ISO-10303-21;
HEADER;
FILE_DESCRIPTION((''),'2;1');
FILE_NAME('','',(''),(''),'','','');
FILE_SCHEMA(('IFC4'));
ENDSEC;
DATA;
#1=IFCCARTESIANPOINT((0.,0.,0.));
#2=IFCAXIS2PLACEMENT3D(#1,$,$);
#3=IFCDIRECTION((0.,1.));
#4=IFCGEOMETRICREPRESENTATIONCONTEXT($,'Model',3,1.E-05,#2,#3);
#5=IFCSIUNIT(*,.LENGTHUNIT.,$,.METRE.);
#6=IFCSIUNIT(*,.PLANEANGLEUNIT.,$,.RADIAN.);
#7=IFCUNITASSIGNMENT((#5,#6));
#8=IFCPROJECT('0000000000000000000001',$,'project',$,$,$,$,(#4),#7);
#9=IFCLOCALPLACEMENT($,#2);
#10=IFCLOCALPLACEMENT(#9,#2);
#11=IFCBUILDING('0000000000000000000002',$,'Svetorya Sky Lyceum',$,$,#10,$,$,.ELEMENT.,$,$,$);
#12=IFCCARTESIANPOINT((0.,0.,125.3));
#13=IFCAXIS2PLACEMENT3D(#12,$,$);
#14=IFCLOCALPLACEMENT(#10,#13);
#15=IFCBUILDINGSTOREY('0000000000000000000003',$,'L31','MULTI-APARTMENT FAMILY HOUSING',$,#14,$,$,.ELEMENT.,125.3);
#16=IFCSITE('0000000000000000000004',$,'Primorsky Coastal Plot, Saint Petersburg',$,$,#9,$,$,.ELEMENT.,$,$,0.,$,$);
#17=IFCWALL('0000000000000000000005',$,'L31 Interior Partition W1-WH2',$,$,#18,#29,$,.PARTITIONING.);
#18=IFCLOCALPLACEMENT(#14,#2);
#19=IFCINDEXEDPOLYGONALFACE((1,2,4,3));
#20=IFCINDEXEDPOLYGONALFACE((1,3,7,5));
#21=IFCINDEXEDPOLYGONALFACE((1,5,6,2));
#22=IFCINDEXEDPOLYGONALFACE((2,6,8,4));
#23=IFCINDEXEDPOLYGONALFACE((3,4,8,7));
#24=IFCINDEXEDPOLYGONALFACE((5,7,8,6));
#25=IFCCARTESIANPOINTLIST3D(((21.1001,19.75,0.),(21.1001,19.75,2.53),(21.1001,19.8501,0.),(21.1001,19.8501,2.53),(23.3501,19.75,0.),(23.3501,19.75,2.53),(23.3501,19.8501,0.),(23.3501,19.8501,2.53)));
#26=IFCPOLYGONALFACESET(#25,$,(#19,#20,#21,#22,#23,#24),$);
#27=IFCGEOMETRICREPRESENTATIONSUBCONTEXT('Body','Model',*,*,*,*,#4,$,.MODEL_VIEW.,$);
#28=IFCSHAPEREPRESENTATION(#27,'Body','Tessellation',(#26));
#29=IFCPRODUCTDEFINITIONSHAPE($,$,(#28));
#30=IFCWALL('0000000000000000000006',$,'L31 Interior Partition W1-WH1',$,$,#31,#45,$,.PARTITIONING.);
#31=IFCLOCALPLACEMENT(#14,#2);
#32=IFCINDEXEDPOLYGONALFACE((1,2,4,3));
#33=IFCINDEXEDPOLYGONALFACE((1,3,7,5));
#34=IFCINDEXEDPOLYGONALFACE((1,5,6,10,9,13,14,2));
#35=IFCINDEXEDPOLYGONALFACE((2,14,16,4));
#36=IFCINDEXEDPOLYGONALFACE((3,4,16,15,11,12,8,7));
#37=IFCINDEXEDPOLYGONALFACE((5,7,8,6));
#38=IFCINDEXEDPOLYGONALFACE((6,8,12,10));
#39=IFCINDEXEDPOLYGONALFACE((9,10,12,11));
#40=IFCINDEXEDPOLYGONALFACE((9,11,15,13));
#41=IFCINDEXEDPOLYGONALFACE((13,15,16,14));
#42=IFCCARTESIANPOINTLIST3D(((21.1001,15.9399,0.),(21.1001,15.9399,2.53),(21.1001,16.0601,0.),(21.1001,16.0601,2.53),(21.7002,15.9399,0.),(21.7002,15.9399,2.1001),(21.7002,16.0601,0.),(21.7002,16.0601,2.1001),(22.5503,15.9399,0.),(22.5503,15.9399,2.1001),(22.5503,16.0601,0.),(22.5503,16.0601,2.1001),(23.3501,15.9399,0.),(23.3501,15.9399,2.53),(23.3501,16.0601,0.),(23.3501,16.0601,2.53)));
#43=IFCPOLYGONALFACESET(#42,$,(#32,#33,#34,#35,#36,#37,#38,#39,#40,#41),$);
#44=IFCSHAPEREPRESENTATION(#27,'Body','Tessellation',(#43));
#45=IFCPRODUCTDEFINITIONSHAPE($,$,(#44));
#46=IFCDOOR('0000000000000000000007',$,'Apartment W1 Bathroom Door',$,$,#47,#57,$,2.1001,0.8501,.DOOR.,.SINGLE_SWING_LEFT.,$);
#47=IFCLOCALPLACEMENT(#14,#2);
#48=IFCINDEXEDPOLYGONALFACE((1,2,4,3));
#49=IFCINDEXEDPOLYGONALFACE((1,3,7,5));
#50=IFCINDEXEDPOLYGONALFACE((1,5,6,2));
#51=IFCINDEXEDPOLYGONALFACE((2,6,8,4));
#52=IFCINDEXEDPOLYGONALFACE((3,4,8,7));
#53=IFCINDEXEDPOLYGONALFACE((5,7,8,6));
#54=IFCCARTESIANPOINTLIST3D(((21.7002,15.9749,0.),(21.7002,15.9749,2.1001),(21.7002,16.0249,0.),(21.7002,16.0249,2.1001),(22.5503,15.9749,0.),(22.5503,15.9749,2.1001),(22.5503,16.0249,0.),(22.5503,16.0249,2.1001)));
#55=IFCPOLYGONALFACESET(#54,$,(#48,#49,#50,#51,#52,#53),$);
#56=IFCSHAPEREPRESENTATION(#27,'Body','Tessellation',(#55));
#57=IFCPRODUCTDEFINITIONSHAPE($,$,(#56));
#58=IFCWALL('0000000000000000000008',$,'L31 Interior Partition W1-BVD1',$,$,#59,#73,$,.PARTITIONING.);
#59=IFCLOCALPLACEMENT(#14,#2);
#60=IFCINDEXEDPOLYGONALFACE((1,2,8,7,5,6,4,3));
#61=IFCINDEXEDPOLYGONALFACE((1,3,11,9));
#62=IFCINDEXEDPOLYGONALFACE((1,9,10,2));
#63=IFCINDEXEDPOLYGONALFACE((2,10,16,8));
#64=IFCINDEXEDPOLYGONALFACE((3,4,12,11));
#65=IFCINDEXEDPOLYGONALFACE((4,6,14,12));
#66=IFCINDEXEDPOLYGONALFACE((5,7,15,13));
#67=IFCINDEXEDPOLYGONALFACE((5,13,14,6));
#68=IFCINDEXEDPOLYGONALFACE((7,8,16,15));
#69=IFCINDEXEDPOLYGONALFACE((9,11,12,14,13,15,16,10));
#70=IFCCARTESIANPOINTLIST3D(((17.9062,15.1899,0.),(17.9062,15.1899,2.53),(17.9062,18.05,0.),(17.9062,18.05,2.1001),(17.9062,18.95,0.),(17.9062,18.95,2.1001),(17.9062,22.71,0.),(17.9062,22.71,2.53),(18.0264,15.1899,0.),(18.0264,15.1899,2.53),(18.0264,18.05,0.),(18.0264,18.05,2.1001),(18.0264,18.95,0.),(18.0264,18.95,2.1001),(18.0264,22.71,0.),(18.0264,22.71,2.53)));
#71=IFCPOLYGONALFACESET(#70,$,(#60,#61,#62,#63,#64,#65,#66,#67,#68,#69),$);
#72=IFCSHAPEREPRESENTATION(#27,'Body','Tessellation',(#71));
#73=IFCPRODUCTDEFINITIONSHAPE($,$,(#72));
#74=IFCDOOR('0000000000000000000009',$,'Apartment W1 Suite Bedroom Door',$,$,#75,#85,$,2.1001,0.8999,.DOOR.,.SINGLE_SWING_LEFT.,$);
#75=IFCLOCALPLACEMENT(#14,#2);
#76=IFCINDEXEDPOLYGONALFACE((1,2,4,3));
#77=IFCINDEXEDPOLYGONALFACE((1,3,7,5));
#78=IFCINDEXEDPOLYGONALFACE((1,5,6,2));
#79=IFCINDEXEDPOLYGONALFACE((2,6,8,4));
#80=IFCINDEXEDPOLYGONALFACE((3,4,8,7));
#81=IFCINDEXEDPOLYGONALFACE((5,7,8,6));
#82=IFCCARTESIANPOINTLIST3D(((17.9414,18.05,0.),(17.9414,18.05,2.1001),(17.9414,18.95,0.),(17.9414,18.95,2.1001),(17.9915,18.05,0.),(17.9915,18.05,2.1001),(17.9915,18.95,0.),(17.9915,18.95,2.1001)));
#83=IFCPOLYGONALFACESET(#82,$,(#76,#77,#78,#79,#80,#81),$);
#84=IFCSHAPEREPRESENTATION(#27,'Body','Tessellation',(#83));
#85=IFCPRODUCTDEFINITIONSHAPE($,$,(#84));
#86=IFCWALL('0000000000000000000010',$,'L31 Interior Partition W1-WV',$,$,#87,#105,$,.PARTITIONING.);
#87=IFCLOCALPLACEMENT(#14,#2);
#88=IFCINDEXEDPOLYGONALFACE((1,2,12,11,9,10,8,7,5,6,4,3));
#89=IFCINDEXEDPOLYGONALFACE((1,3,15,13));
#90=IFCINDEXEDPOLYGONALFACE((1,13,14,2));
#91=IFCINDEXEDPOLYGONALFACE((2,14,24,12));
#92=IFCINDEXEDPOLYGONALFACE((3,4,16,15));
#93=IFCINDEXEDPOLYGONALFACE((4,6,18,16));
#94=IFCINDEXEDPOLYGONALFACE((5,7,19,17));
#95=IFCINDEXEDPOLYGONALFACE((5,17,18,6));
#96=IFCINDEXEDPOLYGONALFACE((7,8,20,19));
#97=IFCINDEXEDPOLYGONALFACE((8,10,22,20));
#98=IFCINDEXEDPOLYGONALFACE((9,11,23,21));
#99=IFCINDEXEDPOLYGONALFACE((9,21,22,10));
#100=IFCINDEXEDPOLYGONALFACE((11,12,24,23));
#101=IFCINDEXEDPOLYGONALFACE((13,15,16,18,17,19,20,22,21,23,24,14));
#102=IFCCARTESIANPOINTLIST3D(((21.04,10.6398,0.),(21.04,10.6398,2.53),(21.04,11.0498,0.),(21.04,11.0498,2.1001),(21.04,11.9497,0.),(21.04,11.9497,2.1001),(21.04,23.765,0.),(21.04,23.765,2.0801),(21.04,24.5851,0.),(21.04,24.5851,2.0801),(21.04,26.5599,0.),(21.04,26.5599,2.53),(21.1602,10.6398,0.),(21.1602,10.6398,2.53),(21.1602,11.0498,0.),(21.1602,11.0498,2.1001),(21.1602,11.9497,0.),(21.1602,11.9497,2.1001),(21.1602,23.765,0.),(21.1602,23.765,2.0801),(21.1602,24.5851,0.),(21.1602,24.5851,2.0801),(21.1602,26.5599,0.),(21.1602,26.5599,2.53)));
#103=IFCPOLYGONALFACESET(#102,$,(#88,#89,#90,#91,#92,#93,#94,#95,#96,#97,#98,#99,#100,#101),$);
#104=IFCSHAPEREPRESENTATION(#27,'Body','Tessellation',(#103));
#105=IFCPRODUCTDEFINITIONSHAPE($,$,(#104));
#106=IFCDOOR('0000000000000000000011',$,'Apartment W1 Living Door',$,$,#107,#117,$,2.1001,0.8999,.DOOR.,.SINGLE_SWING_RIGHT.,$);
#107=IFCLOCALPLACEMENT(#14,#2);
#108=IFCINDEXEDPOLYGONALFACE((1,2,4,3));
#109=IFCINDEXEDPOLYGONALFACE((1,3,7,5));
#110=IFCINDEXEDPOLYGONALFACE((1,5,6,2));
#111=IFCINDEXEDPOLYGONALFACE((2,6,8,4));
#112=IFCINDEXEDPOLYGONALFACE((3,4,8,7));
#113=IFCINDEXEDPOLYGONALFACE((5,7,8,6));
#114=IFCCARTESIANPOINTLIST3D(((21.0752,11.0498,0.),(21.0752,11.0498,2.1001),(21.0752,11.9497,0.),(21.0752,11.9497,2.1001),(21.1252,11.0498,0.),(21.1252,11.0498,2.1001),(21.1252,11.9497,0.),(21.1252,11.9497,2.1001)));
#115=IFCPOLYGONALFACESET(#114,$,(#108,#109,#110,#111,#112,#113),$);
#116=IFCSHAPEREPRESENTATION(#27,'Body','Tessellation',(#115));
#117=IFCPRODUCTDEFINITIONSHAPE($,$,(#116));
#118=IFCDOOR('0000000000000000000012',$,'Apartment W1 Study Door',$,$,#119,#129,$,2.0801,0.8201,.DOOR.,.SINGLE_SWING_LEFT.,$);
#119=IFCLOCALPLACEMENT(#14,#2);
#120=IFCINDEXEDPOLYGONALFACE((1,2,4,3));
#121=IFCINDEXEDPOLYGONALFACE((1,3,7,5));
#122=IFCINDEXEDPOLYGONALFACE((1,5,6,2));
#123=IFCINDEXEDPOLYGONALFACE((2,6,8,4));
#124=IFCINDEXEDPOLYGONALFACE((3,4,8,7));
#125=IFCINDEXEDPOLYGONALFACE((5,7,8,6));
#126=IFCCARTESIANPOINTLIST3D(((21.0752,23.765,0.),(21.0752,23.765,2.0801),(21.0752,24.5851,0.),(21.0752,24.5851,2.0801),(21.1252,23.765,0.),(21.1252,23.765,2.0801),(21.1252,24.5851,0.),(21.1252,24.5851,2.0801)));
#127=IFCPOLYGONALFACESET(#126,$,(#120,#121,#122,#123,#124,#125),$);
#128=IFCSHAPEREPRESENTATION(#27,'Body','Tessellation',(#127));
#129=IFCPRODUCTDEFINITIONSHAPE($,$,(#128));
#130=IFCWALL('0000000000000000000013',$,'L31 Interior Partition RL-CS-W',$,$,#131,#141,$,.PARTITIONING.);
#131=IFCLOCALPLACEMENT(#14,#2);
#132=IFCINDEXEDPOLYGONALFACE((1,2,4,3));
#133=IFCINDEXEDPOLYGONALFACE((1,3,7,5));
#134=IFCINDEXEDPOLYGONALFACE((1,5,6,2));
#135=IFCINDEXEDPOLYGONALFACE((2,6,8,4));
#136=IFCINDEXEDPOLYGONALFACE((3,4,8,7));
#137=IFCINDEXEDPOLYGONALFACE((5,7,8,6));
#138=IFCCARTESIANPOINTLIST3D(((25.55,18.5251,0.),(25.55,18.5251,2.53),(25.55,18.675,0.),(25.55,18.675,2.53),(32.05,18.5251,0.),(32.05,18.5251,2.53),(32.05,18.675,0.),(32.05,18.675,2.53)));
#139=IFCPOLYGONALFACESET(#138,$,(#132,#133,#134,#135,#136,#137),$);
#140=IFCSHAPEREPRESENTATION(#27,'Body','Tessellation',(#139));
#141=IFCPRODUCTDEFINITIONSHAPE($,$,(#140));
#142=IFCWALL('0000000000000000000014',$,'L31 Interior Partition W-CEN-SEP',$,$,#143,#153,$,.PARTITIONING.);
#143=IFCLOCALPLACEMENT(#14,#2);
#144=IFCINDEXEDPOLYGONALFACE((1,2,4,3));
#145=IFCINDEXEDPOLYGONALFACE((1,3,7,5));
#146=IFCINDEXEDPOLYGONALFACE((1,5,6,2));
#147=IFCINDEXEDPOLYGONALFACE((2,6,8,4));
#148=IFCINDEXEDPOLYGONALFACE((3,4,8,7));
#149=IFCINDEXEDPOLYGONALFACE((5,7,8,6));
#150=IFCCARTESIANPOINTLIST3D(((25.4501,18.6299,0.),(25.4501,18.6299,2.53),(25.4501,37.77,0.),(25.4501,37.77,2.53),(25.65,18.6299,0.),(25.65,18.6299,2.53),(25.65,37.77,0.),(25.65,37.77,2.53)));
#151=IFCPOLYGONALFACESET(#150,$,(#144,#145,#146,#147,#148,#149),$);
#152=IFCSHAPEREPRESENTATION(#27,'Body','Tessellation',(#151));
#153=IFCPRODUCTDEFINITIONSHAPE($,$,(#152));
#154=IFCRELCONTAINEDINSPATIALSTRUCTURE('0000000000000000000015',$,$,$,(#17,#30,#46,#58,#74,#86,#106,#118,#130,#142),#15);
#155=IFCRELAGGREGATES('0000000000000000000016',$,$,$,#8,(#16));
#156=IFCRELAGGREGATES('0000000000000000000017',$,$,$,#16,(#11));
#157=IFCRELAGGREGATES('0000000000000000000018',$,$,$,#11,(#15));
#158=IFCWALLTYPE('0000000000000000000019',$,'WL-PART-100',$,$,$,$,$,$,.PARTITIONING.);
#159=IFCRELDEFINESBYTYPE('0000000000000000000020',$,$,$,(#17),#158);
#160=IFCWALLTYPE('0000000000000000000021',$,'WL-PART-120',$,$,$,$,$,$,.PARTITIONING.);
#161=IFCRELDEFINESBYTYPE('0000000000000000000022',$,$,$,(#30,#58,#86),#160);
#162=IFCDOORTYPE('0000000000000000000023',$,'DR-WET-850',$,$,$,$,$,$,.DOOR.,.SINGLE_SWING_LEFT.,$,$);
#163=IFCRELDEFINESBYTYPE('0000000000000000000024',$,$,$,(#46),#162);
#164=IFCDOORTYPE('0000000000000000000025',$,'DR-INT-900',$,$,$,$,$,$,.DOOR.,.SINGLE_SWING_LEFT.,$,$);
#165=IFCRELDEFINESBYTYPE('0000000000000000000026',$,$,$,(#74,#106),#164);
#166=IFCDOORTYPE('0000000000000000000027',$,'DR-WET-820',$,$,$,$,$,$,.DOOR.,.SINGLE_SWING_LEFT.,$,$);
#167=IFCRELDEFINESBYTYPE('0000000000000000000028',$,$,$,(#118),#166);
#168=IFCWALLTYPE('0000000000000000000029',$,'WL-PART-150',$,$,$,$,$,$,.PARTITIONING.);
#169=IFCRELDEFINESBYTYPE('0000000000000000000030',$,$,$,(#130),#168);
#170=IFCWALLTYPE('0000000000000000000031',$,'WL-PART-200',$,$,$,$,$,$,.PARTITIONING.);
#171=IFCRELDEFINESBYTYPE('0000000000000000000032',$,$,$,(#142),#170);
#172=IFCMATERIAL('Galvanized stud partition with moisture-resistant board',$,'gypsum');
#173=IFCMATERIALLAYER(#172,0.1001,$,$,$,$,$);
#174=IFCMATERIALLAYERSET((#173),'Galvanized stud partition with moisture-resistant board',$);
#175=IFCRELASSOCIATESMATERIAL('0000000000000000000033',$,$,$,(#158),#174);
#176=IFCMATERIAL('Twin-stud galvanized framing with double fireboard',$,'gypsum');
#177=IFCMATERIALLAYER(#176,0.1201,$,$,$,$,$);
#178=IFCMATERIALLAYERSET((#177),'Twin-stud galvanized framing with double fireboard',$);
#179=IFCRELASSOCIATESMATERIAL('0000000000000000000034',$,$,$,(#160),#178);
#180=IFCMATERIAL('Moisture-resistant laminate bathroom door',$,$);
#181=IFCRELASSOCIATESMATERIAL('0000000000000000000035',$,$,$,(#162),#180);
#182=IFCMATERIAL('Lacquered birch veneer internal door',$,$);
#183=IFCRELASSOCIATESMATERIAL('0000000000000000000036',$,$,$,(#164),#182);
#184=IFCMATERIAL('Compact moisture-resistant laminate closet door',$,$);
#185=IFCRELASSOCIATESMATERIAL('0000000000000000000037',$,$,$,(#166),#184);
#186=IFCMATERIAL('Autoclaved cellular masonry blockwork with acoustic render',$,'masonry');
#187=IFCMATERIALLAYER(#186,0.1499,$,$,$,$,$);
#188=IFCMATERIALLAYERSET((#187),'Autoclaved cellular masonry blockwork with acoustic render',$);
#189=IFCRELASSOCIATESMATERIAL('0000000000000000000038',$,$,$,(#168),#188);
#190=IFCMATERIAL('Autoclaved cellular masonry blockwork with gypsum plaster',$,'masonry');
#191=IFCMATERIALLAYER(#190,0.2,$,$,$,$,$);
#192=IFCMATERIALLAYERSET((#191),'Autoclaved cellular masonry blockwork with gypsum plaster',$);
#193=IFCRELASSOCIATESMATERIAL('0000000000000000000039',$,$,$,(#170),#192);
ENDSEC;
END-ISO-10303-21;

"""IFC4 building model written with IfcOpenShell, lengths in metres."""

from ifc_helpers import new_model, si_unit, direction, frame, frame_2d, origin, place, context, subcontext, project, spatial, rectangle, extrude, material, layer, layer_set, type_object, element, fill, save


model = new_model("IFC4")

# Units and contexts
model_context = context("Model", 3, precision=1e-05, world=origin(), true_north=direction((0.0, 1.0)))
body_context = subcontext(model_context, "Body", "Model", "MODEL_VIEW")
ifc_project = project(units=[si_unit("LENGTHUNIT", "METRE"), si_unit("PLANEANGLEUNIT", "RADIAN")], contexts=[model_context])

# Site, building, storey
site_placement = place(None, origin())
site = spatial("IfcSite", under=ifc_project, at=site_placement, Name="Primorsky Coastal Plot, Saint Petersburg", CompositionType="ELEMENT", RefElevation=0.0)
building_placement = place(site_placement, origin())
building = spatial("IfcBuilding", under=site, at=building_placement, Name="Svetorya Sky Lyceum", CompositionType="ELEMENT")
storey_placement = place(building_placement, frame((0.0, 0.0, 125.3)))
storey = spatial("IfcBuildingStorey", under=building, at=storey_placement, Name="L31", Description="MULTI-APARTMENT FAMILY HOUSING", CompositionType="ELEMENT", Elevation=125.3)

# Wall
ifc_material_1 = material(Name="Galvanized stud partition with moisture-resistant board", Category="gypsum")
ifc_layer_1 = layer(ifc_material_1, 0.1001)
ifc_layer_set_1 = layer_set([ifc_layer_1], Name="Galvanized stud partition with moisture-resistant board")
wall_type_1 = type_object("IfcWallType", Name="WL-PART-100", PredefinedType="PARTITIONING", material=ifc_layer_set_1)
wall_1_placement = place(storey_placement, frame((21.1001, 19.8, 0.0), z_axis=(0.0, 0.0, 1.0), x_axis=(1.0, 0.0, 0.0)))
element("IfcWall", 1, at=wall_1_placement, inside=storey, type_object=wall_type_1, Name="L31 Interior Partition W1-WH2", PredefinedType="PARTITIONING", context=body_context, shape_type="SweptSolid", body=[
    extrude(rectangle(XDim=2.25, YDim=0.1001, at=frame_2d((1.125, 0.0))), origin(), (0.0, 0.0, 1.0), 2.53),
])

# Walls, openings, doors
ifc_material_2 = material(Name="Twin-stud galvanized framing with double fireboard", Category="gypsum")
ifc_layer_2 = layer(ifc_material_2, 0.1201)
ifc_layer_set_2 = layer_set([ifc_layer_2], Name="Twin-stud galvanized framing with double fireboard")
wall_type_2 = type_object("IfcWallType", Name="WL-PART-120", PredefinedType="PARTITIONING", material=ifc_layer_set_2)
wall_2_placement = place(storey_placement, frame((21.1001, 16.0, 0.0), z_axis=(0.0, 0.0, 1.0), x_axis=(1.0, 0.0, 0.0)))
wall_2 = element("IfcWall", 2, at=wall_2_placement, inside=storey, type_object=wall_type_2, Name="L31 Interior Partition W1-WH1", PredefinedType="PARTITIONING", context=body_context, shape_type="SweptSolid", body=[
    extrude(rectangle(XDim=2.25, YDim=0.1201, at=frame_2d((1.125, 0.0))), origin(), (0.0, 0.0, 1.0), 2.53),
])
opening_1_placement = place(wall_2_placement, frame((0.6001, 0.0, 0.0)))
opening_1 = element("IfcOpeningElement", 3, at=opening_1_placement, cuts=wall_2, PredefinedType="OPENING", context=body_context, shape_type="SweptSolid", body=[
    extrude(rectangle(XDim=0.8501, YDim=2.1001, at=frame_2d((0.425, 1.05))), frame((0.0, 0.0701, 0.0), z_axis=(0.0, -1.0, 0.0), x_axis=(1.0, 0.0, 0.0)), (0.0, 0.0, 1.0), 0.1401),
])
ifc_material_3 = material(Name="Moisture-resistant laminate bathroom door")
door_type_1 = type_object("IfcDoorType", Name="DR-WET-850", OperationType="SINGLE_SWING_LEFT", PredefinedType="DOOR", material=ifc_material_3)
door_1_placement = place(opening_1_placement, origin())
door_1 = element("IfcDoor", 4, at=door_1_placement, inside=storey, type_object=door_type_1, Name="Apartment W1 Bathroom Door", OperationType="SINGLE_SWING_LEFT", OverallHeight=2.1001, OverallWidth=0.8501, PredefinedType="DOOR", context=body_context, shape_type="SweptSolid", body=[
    extrude(rectangle(XDim=0.8501, YDim=2.1001, at=frame_2d((0.425, 1.05))), frame((0.0, 0.0249, 0.0), z_axis=(0.0, -1.0, 0.0), x_axis=(1.0, 0.0, 0.0)), (0.0, 0.0, 1.0), 0.05),
])
fill(opening_1, door_1)
wall_3_placement = place(storey_placement, frame((17.9663, 15.1899, 0.0), z_axis=(0.0, 0.0, 1.0), x_axis=(0.0, 1.0, 0.0)))
wall_3 = element("IfcWall", 5, at=wall_3_placement, inside=storey, type_object=wall_type_2, Name="L31 Interior Partition W1-BVD1", PredefinedType="PARTITIONING", context=body_context, shape_type="SweptSolid", body=[
    extrude(rectangle(XDim=7.52, YDim=0.1201, at=frame_2d((3.76, 0.0))), origin(), (0.0, 0.0, 1.0), 2.53),
])
opening_2_placement = place(wall_3_placement, frame((2.8601, 0.0, 0.0)))
opening_2 = element("IfcOpeningElement", 6, at=opening_2_placement, cuts=wall_3, PredefinedType="OPENING", context=body_context, shape_type="SweptSolid", body=[
    extrude(rectangle(XDim=0.8999, YDim=2.1001, at=frame_2d((0.45, 1.05))), frame((0.0, 0.0701, 0.0), z_axis=(0.0, -1.0, 0.0), x_axis=(1.0, 0.0, 0.0)), (0.0, 0.0, 1.0), 0.1401),
])
ifc_material_4 = material(Name="Lacquered birch veneer internal door")
door_type_2 = type_object("IfcDoorType", Name="DR-INT-900", OperationType="SINGLE_SWING_LEFT", PredefinedType="DOOR", material=ifc_material_4)
door_2_placement = place(opening_2_placement, origin())
door_2 = element("IfcDoor", 7, at=door_2_placement, inside=storey, type_object=door_type_2, Name="Apartment W1 Suite Bedroom Door", OperationType="SINGLE_SWING_LEFT", OverallHeight=2.1001, OverallWidth=0.8999, PredefinedType="DOOR", context=body_context, shape_type="SweptSolid", body=[
    extrude(rectangle(XDim=0.8999, YDim=2.1001, at=frame_2d((0.45, 1.05))), frame((0.0, 0.0249, 0.0), z_axis=(0.0, -1.0, 0.0), x_axis=(1.0, 0.0, 0.0)), (0.0, 0.0, 1.0), 0.05),
])
fill(opening_2, door_2)

# Wall, openings, doors
wall_4_placement = place(storey_placement, frame((21.1001, 10.6399, 0.0), z_axis=(0.0, 0.0, 1.0), x_axis=(0.0, 1.0, 0.0)))
wall_4 = element("IfcWall", 8, at=wall_4_placement, inside=storey, type_object=wall_type_2, Name="L31 Interior Partition W1-WV", PredefinedType="PARTITIONING", context=body_context, shape_type="SweptSolid", body=[
    extrude(rectangle(XDim=15.9202, YDim=0.1201, at=frame_2d((7.96, 0.0))), origin(), (0.0, 0.0, 1.0), 2.53),
])
opening_3_placement = place(wall_4_placement, frame((0.4099, 0.0, 0.0)))
opening_3 = element("IfcOpeningElement", 9, at=opening_3_placement, cuts=wall_4, PredefinedType="OPENING", context=body_context, shape_type="SweptSolid", body=[
    extrude(rectangle(XDim=0.8999, YDim=2.1001, at=frame_2d((0.45, 1.05))), frame((0.0, 0.0701, 0.0), z_axis=(0.0, -1.0, 0.0), x_axis=(1.0, 0.0, 0.0)), (0.0, 0.0, 1.0), 0.1401),
])
opening_4_placement = place(wall_4_placement, frame((13.125, 0.0, 0.0)))
opening_4 = element("IfcOpeningElement", 10, at=opening_4_placement, cuts=wall_4, PredefinedType="OPENING", context=body_context, shape_type="SweptSolid", body=[
    extrude(rectangle(XDim=0.8201, YDim=2.0801, at=frame_2d((0.4102, 1.04))), frame((0.0, 0.0701, 0.0), z_axis=(0.0, -1.0, 0.0), x_axis=(1.0, 0.0, 0.0)), (0.0, 0.0, 1.0), 0.1401),
])
door_3_placement = place(opening_3_placement, origin())
door_3 = element("IfcDoor", 11, at=door_3_placement, inside=storey, type_object=door_type_2, Name="Apartment W1 Living Door", OperationType="SINGLE_SWING_RIGHT", OverallHeight=2.1001, OverallWidth=0.8999, PredefinedType="DOOR", context=body_context, shape_type="SweptSolid", body=[
    extrude(rectangle(XDim=0.8999, YDim=2.1001, at=frame_2d((0.45, 1.05))), frame((0.0, 0.0249, 0.0), z_axis=(0.0, -1.0, 0.0), x_axis=(1.0, 0.0, 0.0)), (0.0, 0.0, 1.0), 0.05),
])
fill(opening_3, door_3)
ifc_material_5 = material(Name="Compact moisture-resistant laminate closet door")
door_type_3 = type_object("IfcDoorType", Name="DR-WET-820", OperationType="SINGLE_SWING_LEFT", PredefinedType="DOOR", material=ifc_material_5)
door_4_placement = place(opening_4_placement, origin())
door_4 = element("IfcDoor", 12, at=door_4_placement, inside=storey, type_object=door_type_3, Name="Apartment W1 Study Door", OperationType="SINGLE_SWING_LEFT", OverallHeight=2.0801, OverallWidth=0.8201, PredefinedType="DOOR", context=body_context, shape_type="SweptSolid", body=[
    extrude(rectangle(XDim=0.8201, YDim=2.0801, at=frame_2d((0.4102, 1.04))), frame((0.0, 0.0249, 0.0), z_axis=(0.0, -1.0, 0.0), x_axis=(1.0, 0.0, 0.0)), (0.0, 0.0, 1.0), 0.05),
])
fill(opening_4, door_4)

# Walls
ifc_material_6 = material(Name="Autoclaved cellular masonry blockwork with acoustic render", Category="masonry")
ifc_layer_3 = layer(ifc_material_6, 0.1499)
ifc_layer_set_3 = layer_set([ifc_layer_3], Name="Autoclaved cellular masonry blockwork with acoustic render")
wall_type_3 = type_object("IfcWallType", Name="WL-PART-150", PredefinedType="PARTITIONING", material=ifc_layer_set_3)
wall_5_placement = place(storey_placement, frame((25.55, 18.6001, 0.0), z_axis=(0.0, 0.0, 1.0), x_axis=(1.0, 0.0, 0.0)))
element("IfcWall", 13, at=wall_5_placement, inside=storey, type_object=wall_type_3, Name="L31 Interior Partition RL-CS-W", PredefinedType="PARTITIONING", context=body_context, shape_type="SweptSolid", body=[
    extrude(rectangle(XDim=6.5, YDim=0.1499, at=frame_2d((3.25, 0.0))), origin(), (0.0, 0.0, 1.0), 2.53),
])
ifc_material_7 = material(Name="Autoclaved cellular masonry blockwork with gypsum plaster", Category="masonry")
ifc_layer_4 = layer(ifc_material_7, 0.2)
ifc_layer_set_4 = layer_set([ifc_layer_4], Name="Autoclaved cellular masonry blockwork with gypsum plaster")
wall_type_4 = type_object("IfcWallType", Name="WL-PART-200", PredefinedType="PARTITIONING", material=ifc_layer_set_4)
wall_6_placement = place(storey_placement, frame((25.55, 18.6299, 0.0), z_axis=(0.0, 0.0, 1.0), x_axis=(0.0, 1.0, 0.0)))
element("IfcWall", 14, at=wall_6_placement, inside=storey, type_object=wall_type_4, Name="L31 Interior Partition W-CEN-SEP", PredefinedType="PARTITIONING", context=body_context, shape_type="SweptSolid", body=[
    extrude(rectangle(XDim=19.1401, YDim=0.2, at=frame_2d((9.5701, 0.0))), origin(), (0.0, 0.0, 1.0), 2.53),
])

save(model, "model.ifc")
